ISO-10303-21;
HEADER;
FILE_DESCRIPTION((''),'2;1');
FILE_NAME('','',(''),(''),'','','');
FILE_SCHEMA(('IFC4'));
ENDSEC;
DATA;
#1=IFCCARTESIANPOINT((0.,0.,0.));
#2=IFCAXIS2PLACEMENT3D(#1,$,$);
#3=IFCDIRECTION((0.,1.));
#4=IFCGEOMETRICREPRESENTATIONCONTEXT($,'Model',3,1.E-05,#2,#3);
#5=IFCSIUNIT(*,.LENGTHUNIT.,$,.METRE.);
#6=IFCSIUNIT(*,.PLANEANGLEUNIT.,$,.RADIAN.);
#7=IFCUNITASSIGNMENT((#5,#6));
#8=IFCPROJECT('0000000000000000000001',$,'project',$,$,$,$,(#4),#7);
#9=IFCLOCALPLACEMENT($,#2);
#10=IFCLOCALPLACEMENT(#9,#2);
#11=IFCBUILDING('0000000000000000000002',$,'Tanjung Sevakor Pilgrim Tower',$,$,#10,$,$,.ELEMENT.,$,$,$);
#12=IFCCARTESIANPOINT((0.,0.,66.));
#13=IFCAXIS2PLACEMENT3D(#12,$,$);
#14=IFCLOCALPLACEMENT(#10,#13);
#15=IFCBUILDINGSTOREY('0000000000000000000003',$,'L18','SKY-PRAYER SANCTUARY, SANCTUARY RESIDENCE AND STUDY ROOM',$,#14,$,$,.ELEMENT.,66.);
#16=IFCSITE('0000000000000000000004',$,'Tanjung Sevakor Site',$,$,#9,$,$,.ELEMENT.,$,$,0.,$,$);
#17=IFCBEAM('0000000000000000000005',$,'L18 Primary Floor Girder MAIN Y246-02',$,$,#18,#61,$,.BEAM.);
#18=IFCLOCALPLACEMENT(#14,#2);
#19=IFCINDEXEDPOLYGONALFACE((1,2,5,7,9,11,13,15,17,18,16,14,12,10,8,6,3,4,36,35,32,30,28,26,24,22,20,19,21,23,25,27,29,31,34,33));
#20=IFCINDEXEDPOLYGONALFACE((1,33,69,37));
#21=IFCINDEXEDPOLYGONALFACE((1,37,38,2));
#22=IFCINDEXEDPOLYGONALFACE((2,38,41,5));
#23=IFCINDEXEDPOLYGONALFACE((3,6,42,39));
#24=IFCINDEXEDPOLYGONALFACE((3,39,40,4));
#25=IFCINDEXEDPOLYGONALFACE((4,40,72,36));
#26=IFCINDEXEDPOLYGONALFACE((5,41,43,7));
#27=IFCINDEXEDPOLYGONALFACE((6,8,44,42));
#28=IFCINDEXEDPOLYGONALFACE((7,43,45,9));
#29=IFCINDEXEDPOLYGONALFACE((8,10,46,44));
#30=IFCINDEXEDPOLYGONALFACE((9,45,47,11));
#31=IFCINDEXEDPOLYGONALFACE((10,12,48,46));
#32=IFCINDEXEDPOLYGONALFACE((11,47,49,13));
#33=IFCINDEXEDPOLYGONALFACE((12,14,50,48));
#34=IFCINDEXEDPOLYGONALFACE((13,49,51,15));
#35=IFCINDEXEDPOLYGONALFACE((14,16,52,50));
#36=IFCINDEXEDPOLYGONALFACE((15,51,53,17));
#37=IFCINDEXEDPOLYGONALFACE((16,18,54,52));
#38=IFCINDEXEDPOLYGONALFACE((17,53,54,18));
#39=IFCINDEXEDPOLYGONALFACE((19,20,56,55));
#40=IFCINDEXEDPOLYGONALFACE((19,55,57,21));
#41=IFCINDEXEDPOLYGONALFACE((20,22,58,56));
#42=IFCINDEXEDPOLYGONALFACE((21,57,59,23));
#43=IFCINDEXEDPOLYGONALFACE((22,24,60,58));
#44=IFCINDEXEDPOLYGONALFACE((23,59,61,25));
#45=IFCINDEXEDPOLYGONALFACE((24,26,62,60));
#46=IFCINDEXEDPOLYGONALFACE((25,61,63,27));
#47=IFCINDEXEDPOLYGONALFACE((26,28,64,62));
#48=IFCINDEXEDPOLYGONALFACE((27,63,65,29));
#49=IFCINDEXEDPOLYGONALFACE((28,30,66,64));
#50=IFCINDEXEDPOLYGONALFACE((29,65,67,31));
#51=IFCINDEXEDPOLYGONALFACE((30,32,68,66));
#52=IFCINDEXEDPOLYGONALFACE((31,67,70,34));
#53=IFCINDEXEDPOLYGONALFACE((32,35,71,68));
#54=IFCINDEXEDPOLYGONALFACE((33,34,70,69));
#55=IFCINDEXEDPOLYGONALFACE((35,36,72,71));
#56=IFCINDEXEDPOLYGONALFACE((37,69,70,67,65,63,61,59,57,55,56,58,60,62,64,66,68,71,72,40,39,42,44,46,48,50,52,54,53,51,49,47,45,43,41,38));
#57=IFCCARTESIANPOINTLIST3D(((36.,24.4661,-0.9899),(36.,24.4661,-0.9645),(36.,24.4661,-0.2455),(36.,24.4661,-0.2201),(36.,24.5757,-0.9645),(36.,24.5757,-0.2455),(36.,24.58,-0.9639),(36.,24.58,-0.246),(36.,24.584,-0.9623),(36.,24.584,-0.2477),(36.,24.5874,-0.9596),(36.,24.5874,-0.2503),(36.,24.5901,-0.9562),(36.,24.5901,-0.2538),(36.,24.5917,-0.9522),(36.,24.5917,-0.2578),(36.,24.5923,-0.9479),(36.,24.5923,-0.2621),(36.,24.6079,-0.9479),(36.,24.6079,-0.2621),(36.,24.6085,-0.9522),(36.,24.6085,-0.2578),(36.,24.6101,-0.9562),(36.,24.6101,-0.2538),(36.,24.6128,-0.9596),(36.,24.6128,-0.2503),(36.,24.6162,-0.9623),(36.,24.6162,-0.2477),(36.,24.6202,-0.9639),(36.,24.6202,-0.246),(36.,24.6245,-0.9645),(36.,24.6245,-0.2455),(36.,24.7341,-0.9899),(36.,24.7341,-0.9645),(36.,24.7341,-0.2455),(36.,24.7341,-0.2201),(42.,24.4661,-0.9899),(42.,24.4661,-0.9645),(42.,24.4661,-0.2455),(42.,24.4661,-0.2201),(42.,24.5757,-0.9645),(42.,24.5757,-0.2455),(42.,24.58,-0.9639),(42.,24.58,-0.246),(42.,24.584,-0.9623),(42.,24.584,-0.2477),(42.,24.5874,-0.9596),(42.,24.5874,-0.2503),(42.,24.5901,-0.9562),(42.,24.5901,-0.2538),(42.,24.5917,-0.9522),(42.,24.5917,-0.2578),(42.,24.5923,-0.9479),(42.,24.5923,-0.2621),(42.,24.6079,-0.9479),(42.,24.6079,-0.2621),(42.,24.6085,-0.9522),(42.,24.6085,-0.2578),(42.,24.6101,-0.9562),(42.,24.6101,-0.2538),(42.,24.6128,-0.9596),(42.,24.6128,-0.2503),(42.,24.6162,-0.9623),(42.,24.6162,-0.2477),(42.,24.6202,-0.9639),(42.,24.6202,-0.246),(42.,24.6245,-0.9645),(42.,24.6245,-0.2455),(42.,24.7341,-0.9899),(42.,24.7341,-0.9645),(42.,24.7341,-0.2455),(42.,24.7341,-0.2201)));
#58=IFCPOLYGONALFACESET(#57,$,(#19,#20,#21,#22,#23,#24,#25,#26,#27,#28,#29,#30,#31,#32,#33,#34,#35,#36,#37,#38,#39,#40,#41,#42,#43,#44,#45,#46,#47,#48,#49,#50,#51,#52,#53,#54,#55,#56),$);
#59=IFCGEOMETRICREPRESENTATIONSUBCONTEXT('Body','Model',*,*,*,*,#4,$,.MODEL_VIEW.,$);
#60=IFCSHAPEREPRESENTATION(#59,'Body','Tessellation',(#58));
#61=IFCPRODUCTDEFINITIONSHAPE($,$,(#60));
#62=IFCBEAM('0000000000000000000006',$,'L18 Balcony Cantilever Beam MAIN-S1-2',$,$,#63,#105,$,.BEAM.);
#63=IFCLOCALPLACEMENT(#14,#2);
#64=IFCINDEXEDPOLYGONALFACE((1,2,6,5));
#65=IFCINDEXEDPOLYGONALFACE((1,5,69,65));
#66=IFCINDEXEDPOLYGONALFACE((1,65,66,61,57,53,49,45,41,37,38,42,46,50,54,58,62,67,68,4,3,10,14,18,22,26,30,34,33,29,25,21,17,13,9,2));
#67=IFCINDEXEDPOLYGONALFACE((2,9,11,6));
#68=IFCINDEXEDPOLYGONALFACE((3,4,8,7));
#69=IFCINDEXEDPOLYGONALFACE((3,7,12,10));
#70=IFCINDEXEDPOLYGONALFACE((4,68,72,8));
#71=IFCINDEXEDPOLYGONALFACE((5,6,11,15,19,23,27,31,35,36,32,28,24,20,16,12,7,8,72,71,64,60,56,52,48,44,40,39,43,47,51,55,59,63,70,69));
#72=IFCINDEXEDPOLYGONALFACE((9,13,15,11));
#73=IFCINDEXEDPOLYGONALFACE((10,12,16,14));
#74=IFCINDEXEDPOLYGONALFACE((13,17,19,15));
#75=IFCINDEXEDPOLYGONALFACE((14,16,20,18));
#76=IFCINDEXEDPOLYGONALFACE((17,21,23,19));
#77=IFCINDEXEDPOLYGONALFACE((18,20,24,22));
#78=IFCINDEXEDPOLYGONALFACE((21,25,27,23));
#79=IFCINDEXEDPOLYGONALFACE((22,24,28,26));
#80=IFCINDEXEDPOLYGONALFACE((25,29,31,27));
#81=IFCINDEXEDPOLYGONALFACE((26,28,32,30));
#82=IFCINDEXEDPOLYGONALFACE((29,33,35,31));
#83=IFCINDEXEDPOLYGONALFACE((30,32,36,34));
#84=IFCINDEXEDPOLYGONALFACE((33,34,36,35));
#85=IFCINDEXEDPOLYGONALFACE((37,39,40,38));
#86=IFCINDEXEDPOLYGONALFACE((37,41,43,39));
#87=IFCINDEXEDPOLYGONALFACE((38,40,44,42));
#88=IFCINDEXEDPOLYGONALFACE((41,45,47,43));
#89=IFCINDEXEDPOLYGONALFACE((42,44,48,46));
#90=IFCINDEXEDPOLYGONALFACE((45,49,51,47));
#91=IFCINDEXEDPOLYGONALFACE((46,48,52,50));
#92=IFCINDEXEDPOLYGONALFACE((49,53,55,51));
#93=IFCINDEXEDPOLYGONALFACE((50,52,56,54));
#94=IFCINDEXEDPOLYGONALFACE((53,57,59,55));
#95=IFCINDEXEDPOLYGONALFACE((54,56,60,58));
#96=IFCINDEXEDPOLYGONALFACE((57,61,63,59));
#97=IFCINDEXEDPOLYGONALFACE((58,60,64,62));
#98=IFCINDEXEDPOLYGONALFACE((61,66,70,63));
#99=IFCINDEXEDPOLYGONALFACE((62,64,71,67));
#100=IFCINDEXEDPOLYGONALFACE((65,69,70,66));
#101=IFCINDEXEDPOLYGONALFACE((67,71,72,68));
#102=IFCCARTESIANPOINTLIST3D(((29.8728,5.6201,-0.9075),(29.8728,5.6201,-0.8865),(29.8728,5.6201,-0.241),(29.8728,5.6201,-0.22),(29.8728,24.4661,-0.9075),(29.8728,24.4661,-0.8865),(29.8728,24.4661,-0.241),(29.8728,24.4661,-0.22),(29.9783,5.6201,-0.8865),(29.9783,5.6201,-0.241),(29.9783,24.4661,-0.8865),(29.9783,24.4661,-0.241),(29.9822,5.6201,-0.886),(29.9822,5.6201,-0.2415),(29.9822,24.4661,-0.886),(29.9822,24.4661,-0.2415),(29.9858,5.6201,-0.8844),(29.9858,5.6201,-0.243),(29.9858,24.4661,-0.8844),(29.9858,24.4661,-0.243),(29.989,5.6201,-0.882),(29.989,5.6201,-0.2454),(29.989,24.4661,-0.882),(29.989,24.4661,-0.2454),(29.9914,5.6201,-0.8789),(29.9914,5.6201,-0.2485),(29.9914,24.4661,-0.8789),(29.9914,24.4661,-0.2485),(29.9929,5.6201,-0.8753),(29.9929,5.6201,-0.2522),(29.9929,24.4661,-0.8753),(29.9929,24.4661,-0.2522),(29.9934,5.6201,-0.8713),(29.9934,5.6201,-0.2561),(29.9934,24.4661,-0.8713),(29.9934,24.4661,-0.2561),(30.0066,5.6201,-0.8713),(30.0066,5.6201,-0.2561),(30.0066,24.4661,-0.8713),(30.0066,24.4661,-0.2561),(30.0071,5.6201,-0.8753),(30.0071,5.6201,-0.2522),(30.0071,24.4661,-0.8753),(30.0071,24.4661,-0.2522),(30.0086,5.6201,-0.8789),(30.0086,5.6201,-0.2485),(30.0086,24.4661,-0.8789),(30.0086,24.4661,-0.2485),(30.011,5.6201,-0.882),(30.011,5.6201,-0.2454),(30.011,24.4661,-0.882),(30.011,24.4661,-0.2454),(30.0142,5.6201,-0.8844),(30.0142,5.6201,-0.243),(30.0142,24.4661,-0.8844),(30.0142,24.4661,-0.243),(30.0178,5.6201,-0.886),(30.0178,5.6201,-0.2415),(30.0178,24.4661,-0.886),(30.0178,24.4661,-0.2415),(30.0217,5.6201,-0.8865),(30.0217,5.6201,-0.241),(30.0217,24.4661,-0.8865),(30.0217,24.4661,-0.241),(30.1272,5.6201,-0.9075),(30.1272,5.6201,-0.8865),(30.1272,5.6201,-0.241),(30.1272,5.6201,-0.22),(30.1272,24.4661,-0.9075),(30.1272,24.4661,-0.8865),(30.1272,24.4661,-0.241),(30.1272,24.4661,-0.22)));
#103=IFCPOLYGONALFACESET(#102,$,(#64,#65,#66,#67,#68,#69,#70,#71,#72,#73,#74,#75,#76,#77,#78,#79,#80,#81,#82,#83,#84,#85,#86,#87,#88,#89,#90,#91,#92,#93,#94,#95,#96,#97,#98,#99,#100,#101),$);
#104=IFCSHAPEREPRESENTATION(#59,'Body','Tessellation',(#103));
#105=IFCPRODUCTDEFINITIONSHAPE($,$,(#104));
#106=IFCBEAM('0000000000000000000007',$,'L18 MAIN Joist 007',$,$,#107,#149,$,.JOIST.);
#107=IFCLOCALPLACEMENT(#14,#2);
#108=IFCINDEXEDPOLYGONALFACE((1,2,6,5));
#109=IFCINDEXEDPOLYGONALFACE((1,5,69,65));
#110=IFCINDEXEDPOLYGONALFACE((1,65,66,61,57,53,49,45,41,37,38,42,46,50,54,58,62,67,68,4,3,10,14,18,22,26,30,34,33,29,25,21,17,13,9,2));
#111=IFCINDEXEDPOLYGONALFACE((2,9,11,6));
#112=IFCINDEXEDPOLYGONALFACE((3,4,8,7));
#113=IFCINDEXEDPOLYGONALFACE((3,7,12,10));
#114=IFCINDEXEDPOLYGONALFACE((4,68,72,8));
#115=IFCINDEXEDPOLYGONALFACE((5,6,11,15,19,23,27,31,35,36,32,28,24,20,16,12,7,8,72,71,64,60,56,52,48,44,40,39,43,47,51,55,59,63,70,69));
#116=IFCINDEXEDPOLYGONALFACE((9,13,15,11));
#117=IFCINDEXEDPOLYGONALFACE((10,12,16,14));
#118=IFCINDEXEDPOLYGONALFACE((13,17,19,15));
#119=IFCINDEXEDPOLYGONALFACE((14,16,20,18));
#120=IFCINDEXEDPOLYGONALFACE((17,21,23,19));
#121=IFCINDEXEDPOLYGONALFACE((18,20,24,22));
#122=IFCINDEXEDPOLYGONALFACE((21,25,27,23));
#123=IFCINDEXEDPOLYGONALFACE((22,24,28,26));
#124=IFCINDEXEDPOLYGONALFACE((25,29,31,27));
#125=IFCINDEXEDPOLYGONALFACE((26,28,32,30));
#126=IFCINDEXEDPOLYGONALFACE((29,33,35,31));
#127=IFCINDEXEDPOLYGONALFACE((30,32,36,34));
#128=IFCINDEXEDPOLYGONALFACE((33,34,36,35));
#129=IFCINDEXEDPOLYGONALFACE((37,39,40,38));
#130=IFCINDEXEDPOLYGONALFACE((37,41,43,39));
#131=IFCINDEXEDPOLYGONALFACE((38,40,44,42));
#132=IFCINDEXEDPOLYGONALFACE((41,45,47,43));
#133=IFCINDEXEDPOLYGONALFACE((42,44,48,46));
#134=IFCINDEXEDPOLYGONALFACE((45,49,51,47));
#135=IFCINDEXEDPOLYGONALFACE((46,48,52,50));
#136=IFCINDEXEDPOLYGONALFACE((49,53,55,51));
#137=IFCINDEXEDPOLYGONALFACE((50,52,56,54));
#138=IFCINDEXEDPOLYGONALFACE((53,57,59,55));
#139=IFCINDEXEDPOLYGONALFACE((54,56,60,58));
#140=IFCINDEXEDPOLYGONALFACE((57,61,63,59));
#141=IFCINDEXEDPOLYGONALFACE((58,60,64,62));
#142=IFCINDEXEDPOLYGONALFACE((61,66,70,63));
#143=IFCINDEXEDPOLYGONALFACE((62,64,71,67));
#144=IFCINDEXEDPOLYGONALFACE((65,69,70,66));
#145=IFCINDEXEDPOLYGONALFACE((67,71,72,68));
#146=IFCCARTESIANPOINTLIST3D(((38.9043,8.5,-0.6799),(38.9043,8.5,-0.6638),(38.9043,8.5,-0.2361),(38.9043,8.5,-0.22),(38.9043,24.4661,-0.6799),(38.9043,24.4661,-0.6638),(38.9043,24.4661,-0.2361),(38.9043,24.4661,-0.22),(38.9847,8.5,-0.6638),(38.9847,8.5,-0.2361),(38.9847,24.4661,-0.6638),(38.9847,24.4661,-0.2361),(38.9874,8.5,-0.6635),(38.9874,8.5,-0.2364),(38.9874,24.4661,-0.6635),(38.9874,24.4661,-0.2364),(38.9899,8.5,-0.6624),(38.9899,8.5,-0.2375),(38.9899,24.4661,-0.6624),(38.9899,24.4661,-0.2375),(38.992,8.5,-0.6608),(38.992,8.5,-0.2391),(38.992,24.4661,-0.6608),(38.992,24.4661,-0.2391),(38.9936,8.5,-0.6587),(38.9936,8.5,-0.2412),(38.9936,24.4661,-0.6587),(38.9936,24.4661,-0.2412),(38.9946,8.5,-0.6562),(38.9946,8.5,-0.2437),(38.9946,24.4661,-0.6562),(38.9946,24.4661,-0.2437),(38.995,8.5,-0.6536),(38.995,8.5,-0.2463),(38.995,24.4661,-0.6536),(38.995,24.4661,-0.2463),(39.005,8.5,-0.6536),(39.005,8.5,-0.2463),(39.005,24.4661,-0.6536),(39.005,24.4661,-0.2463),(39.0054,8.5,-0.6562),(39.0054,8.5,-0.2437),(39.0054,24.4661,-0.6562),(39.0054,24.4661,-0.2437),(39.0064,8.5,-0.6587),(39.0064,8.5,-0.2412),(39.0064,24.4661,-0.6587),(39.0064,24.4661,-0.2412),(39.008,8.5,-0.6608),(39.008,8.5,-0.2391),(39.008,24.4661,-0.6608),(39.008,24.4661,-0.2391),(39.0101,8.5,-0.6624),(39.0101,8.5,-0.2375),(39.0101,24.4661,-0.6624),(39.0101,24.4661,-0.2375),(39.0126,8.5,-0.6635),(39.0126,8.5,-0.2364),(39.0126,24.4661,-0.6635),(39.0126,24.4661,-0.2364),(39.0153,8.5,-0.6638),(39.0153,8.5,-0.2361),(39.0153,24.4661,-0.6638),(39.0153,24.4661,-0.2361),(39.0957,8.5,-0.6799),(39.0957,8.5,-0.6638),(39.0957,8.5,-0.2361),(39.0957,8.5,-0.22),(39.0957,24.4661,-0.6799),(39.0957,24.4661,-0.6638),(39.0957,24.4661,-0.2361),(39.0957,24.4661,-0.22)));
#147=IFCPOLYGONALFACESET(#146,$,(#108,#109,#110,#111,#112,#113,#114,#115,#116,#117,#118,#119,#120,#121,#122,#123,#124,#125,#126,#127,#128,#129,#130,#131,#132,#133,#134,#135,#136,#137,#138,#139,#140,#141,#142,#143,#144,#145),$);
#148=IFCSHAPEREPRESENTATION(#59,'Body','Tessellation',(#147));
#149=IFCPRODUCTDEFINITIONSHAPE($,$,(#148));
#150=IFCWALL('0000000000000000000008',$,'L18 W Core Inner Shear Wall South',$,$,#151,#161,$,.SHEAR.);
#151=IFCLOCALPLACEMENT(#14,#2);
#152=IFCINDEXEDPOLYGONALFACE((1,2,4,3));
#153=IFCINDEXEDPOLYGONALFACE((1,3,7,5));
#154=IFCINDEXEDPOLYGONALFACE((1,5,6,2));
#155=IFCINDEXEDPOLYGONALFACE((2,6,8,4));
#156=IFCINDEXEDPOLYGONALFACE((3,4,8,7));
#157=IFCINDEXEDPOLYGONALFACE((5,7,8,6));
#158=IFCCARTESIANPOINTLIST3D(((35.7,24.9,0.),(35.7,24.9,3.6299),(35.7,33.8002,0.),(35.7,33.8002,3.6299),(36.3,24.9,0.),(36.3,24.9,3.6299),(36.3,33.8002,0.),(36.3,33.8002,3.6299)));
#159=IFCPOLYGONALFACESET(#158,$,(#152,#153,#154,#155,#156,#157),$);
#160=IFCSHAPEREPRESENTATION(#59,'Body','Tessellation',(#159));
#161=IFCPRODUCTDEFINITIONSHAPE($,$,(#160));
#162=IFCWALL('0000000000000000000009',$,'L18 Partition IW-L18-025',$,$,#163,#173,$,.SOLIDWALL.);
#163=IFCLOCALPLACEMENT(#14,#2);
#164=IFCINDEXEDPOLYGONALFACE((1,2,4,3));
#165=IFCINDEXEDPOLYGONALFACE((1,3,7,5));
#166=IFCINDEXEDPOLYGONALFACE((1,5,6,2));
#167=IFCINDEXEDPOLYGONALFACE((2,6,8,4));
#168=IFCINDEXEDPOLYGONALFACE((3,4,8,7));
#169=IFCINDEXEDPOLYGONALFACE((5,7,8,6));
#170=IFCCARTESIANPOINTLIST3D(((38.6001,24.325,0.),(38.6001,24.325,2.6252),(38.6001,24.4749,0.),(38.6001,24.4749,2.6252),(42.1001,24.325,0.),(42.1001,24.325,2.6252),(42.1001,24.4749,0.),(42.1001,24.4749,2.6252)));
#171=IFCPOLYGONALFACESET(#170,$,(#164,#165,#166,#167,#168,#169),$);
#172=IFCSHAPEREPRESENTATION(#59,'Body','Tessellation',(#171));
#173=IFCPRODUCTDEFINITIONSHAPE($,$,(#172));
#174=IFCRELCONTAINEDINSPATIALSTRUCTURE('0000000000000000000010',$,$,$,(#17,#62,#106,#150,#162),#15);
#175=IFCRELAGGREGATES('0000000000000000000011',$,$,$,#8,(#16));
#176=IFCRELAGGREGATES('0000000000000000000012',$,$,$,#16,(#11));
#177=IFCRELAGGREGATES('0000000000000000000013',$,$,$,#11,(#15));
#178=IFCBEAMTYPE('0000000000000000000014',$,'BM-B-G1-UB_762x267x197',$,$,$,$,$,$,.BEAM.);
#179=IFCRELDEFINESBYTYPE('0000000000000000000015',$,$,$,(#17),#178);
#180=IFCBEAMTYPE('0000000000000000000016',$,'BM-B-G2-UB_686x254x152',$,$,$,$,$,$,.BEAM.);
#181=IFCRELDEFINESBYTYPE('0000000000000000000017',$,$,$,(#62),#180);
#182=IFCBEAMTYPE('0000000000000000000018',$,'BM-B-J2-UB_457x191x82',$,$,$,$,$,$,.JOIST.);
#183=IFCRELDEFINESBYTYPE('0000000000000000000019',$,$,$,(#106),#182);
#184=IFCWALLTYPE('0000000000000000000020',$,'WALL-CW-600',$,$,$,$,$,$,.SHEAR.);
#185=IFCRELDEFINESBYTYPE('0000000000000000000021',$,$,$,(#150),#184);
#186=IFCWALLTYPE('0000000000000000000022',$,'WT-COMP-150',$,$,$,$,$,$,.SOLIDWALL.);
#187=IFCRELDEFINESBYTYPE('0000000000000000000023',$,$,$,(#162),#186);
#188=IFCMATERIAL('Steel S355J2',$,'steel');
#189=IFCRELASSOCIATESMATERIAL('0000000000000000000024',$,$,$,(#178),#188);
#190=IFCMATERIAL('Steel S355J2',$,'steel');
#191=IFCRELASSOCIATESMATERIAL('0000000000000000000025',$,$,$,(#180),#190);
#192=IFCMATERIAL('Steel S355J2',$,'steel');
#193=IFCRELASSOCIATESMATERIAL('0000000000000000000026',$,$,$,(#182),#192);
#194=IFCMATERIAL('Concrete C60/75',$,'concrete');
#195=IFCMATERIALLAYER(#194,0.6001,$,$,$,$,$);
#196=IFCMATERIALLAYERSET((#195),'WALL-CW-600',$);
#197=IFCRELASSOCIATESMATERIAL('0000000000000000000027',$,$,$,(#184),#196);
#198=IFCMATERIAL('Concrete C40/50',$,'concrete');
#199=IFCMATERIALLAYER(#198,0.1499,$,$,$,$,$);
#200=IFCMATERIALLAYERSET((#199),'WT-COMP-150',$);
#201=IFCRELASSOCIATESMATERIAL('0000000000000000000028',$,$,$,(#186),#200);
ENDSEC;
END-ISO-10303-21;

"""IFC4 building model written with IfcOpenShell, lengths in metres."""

from ifc_helpers import new_model, si_unit, direction, frame, frame_2d, origin, origin_2d, place, context, subcontext, project, spatial, rectangle, i_section, extrude, material, layer, layer_set, material_profile, profile_set, type_object, element, save


model = new_model("IFC4")

# Units and contexts
model_context = context("Model", 3, precision=1e-05, world=origin(), true_north=direction((0.0, 1.0)))
body_context = subcontext(model_context, "Body", "Model", "MODEL_VIEW")
ifc_project = project(units=[si_unit("LENGTHUNIT", "METRE"), si_unit("PLANEANGLEUNIT", "RADIAN")], contexts=[model_context])

# Site, building, storey
site_placement = place(None, origin())
site = spatial("IfcSite", under=ifc_project, at=site_placement, Name="Tanjung Sevakor Site", CompositionType="ELEMENT", RefElevation=0.0)
building_placement = place(site_placement, origin())
building = spatial("IfcBuilding", under=site, at=building_placement, Name="Tanjung Sevakor Pilgrim Tower", CompositionType="ELEMENT")
storey_placement = place(building_placement, frame((0.0, 0.0, 66.0)))
storey = spatial("IfcBuildingStorey", under=building, at=storey_placement, Name="L18", Description="SKY-PRAYER SANCTUARY, SANCTUARY RESIDENCE AND STUDY ROOM", CompositionType="ELEMENT", Elevation=66.0)

# Beams
ifc_material_1 = material(Name="Steel S355J2", Category="steel")
ifc_material_profile_1 = material_profile(ifc_material_1, i_section(OverallWidth=0.2681, OverallDepth=0.7698, WebThickness=0.0156, FlangeThickness=0.0254, FilletRadius=0.0166, at=origin_2d()))
ifc_profile_set_1 = profile_set([ifc_material_profile_1], Name="Steel S355J2")
beam_type_1 = type_object("IfcBeamType", Name="BM-B-G1-UB_762x267x197", PredefinedType="BEAM", material=ifc_profile_set_1)
beam_1_placement = place(storey_placement, frame((36.0, 24.6001, -0.605), z_axis=(1.0, 0.0, 0.0), x_axis=(0.0, 1.0, 0.0)))
element("IfcBeam", 1, at=beam_1_placement, inside=storey, type_object=beam_type_1, Name="L18 Primary Floor Girder MAIN Y246-02", PredefinedType="BEAM", context=body_context, shape_type="SweptSolid", body=[
    extrude(i_section(OverallWidth=0.2681, OverallDepth=0.7698, WebThickness=0.0156, FlangeThickness=0.0254, FilletRadius=0.0166, at=origin_2d()), origin(), (0.0, 0.0, 1.0), 6.0),
])
ifc_material_2 = material(Name="Steel S355J2", Category="steel")
ifc_material_profile_2 = material_profile(ifc_material_2, i_section(OverallWidth=0.2544, OverallDepth=0.6875, WebThickness=0.0132, FlangeThickness=0.021, FilletRadius=0.0151, at=origin_2d()))
ifc_profile_set_2 = profile_set([ifc_material_profile_2], Name="Steel S355J2")
beam_type_2 = type_object("IfcBeamType", Name="BM-B-G2-UB_686x254x152", PredefinedType="BEAM", material=ifc_profile_set_2)
beam_2_placement = place(storey_placement, frame((30.0, 24.4661, -0.5637), z_axis=(0.0, -1.0, 0.0), x_axis=(1.0, 0.0, 0.0)))
element("IfcBeam", 2, at=beam_2_placement, inside=storey, type_object=beam_type_2, Name="L18 Balcony Cantilever Beam MAIN-S1-2", PredefinedType="BEAM", context=body_context, shape_type="SweptSolid", body=[
    extrude(i_section(OverallWidth=0.2544, OverallDepth=0.6875, WebThickness=0.0132, FlangeThickness=0.021, FilletRadius=0.0151, at=origin_2d()), origin(), (0.0, 0.0, 1.0), 18.8459),
])
ifc_material_3 = material(Name="Steel S355J2", Category="steel")
ifc_material_profile_3 = material_profile(ifc_material_3, i_section(OverallWidth=0.1914, OverallDepth=0.46, WebThickness=0.01, FlangeThickness=0.0161, FilletRadius=0.0103, at=origin_2d()))
ifc_profile_set_3 = profile_set([ifc_material_profile_3], Name="Steel S355J2")
beam_type_3 = type_object("IfcBeamType", Name="BM-B-J2-UB_457x191x82", PredefinedType="JOIST", material=ifc_profile_set_3)
beam_3_placement = place(storey_placement, frame((39.0, 8.5, -0.45), z_axis=(0.0, 1.0, 0.0), x_axis=(-1.0, 0.0, 0.0)))
element("IfcBeam", 3, at=beam_3_placement, inside=storey, type_object=beam_type_3, Name="L18 MAIN Joist 007", PredefinedType="JOIST", context=body_context, shape_type="SweptSolid", body=[
    extrude(i_section(OverallWidth=0.1914, OverallDepth=0.46, WebThickness=0.01, FlangeThickness=0.0161, FilletRadius=0.0103, at=origin_2d()), origin(), (0.0, 0.0, 1.0), 15.9661),
])

# Wall
ifc_material_4 = material(Name="Concrete C60/75", Category="concrete")
ifc_layer_1 = layer(ifc_material_4, 0.6001)
ifc_layer_set_1 = layer_set([ifc_layer_1], Name="WALL-CW-600")
wall_type_1 = type_object("IfcWallType", Name="WALL-CW-600", PredefinedType="SHEAR", material=ifc_layer_set_1)
wall_1_placement = place(storey_placement, frame((36.0, 24.8999, 0.0), z_axis=(0.0, 0.0, 1.0), x_axis=(0.0, 1.0, 0.0)))
element("IfcWall", 4, at=wall_1_placement, inside=storey, type_object=wall_type_1, Name="L18 W Core Inner Shear Wall South", PredefinedType="SHEAR", context=body_context, shape_type="SweptSolid", body=[
    extrude(rectangle(XDim=8.9001, YDim=0.6001, at=frame_2d((4.4502, 0.0))), origin(), (0.0, 0.0, 1.0), 3.6299),
])

# Wall
ifc_material_5 = material(Name="Concrete C40/50", Category="concrete")
ifc_layer_2 = layer(ifc_material_5, 0.1499)
ifc_layer_set_2 = layer_set([ifc_layer_2], Name="WT-COMP-150")
wall_type_2 = type_object("IfcWallType", Name="WT-COMP-150", PredefinedType="SOLIDWALL", material=ifc_layer_set_2)
wall_2_placement = place(storey_placement, frame((38.6001, 24.3999, 0.0), z_axis=(0.0, 0.0, 1.0), x_axis=(1.0, 0.0, 0.0)))
element("IfcWall", 5, at=wall_2_placement, inside=storey, type_object=wall_type_2, Name="L18 Partition IW-L18-025", PredefinedType="SOLIDWALL", context=body_context, shape_type="SweptSolid", body=[
    extrude(rectangle(XDim=3.5, YDim=0.1499, at=frame_2d((1.75, 0.0))), origin(), (0.0, 0.0, 1.0), 2.6252),
])

save(model, "model.ifc")
